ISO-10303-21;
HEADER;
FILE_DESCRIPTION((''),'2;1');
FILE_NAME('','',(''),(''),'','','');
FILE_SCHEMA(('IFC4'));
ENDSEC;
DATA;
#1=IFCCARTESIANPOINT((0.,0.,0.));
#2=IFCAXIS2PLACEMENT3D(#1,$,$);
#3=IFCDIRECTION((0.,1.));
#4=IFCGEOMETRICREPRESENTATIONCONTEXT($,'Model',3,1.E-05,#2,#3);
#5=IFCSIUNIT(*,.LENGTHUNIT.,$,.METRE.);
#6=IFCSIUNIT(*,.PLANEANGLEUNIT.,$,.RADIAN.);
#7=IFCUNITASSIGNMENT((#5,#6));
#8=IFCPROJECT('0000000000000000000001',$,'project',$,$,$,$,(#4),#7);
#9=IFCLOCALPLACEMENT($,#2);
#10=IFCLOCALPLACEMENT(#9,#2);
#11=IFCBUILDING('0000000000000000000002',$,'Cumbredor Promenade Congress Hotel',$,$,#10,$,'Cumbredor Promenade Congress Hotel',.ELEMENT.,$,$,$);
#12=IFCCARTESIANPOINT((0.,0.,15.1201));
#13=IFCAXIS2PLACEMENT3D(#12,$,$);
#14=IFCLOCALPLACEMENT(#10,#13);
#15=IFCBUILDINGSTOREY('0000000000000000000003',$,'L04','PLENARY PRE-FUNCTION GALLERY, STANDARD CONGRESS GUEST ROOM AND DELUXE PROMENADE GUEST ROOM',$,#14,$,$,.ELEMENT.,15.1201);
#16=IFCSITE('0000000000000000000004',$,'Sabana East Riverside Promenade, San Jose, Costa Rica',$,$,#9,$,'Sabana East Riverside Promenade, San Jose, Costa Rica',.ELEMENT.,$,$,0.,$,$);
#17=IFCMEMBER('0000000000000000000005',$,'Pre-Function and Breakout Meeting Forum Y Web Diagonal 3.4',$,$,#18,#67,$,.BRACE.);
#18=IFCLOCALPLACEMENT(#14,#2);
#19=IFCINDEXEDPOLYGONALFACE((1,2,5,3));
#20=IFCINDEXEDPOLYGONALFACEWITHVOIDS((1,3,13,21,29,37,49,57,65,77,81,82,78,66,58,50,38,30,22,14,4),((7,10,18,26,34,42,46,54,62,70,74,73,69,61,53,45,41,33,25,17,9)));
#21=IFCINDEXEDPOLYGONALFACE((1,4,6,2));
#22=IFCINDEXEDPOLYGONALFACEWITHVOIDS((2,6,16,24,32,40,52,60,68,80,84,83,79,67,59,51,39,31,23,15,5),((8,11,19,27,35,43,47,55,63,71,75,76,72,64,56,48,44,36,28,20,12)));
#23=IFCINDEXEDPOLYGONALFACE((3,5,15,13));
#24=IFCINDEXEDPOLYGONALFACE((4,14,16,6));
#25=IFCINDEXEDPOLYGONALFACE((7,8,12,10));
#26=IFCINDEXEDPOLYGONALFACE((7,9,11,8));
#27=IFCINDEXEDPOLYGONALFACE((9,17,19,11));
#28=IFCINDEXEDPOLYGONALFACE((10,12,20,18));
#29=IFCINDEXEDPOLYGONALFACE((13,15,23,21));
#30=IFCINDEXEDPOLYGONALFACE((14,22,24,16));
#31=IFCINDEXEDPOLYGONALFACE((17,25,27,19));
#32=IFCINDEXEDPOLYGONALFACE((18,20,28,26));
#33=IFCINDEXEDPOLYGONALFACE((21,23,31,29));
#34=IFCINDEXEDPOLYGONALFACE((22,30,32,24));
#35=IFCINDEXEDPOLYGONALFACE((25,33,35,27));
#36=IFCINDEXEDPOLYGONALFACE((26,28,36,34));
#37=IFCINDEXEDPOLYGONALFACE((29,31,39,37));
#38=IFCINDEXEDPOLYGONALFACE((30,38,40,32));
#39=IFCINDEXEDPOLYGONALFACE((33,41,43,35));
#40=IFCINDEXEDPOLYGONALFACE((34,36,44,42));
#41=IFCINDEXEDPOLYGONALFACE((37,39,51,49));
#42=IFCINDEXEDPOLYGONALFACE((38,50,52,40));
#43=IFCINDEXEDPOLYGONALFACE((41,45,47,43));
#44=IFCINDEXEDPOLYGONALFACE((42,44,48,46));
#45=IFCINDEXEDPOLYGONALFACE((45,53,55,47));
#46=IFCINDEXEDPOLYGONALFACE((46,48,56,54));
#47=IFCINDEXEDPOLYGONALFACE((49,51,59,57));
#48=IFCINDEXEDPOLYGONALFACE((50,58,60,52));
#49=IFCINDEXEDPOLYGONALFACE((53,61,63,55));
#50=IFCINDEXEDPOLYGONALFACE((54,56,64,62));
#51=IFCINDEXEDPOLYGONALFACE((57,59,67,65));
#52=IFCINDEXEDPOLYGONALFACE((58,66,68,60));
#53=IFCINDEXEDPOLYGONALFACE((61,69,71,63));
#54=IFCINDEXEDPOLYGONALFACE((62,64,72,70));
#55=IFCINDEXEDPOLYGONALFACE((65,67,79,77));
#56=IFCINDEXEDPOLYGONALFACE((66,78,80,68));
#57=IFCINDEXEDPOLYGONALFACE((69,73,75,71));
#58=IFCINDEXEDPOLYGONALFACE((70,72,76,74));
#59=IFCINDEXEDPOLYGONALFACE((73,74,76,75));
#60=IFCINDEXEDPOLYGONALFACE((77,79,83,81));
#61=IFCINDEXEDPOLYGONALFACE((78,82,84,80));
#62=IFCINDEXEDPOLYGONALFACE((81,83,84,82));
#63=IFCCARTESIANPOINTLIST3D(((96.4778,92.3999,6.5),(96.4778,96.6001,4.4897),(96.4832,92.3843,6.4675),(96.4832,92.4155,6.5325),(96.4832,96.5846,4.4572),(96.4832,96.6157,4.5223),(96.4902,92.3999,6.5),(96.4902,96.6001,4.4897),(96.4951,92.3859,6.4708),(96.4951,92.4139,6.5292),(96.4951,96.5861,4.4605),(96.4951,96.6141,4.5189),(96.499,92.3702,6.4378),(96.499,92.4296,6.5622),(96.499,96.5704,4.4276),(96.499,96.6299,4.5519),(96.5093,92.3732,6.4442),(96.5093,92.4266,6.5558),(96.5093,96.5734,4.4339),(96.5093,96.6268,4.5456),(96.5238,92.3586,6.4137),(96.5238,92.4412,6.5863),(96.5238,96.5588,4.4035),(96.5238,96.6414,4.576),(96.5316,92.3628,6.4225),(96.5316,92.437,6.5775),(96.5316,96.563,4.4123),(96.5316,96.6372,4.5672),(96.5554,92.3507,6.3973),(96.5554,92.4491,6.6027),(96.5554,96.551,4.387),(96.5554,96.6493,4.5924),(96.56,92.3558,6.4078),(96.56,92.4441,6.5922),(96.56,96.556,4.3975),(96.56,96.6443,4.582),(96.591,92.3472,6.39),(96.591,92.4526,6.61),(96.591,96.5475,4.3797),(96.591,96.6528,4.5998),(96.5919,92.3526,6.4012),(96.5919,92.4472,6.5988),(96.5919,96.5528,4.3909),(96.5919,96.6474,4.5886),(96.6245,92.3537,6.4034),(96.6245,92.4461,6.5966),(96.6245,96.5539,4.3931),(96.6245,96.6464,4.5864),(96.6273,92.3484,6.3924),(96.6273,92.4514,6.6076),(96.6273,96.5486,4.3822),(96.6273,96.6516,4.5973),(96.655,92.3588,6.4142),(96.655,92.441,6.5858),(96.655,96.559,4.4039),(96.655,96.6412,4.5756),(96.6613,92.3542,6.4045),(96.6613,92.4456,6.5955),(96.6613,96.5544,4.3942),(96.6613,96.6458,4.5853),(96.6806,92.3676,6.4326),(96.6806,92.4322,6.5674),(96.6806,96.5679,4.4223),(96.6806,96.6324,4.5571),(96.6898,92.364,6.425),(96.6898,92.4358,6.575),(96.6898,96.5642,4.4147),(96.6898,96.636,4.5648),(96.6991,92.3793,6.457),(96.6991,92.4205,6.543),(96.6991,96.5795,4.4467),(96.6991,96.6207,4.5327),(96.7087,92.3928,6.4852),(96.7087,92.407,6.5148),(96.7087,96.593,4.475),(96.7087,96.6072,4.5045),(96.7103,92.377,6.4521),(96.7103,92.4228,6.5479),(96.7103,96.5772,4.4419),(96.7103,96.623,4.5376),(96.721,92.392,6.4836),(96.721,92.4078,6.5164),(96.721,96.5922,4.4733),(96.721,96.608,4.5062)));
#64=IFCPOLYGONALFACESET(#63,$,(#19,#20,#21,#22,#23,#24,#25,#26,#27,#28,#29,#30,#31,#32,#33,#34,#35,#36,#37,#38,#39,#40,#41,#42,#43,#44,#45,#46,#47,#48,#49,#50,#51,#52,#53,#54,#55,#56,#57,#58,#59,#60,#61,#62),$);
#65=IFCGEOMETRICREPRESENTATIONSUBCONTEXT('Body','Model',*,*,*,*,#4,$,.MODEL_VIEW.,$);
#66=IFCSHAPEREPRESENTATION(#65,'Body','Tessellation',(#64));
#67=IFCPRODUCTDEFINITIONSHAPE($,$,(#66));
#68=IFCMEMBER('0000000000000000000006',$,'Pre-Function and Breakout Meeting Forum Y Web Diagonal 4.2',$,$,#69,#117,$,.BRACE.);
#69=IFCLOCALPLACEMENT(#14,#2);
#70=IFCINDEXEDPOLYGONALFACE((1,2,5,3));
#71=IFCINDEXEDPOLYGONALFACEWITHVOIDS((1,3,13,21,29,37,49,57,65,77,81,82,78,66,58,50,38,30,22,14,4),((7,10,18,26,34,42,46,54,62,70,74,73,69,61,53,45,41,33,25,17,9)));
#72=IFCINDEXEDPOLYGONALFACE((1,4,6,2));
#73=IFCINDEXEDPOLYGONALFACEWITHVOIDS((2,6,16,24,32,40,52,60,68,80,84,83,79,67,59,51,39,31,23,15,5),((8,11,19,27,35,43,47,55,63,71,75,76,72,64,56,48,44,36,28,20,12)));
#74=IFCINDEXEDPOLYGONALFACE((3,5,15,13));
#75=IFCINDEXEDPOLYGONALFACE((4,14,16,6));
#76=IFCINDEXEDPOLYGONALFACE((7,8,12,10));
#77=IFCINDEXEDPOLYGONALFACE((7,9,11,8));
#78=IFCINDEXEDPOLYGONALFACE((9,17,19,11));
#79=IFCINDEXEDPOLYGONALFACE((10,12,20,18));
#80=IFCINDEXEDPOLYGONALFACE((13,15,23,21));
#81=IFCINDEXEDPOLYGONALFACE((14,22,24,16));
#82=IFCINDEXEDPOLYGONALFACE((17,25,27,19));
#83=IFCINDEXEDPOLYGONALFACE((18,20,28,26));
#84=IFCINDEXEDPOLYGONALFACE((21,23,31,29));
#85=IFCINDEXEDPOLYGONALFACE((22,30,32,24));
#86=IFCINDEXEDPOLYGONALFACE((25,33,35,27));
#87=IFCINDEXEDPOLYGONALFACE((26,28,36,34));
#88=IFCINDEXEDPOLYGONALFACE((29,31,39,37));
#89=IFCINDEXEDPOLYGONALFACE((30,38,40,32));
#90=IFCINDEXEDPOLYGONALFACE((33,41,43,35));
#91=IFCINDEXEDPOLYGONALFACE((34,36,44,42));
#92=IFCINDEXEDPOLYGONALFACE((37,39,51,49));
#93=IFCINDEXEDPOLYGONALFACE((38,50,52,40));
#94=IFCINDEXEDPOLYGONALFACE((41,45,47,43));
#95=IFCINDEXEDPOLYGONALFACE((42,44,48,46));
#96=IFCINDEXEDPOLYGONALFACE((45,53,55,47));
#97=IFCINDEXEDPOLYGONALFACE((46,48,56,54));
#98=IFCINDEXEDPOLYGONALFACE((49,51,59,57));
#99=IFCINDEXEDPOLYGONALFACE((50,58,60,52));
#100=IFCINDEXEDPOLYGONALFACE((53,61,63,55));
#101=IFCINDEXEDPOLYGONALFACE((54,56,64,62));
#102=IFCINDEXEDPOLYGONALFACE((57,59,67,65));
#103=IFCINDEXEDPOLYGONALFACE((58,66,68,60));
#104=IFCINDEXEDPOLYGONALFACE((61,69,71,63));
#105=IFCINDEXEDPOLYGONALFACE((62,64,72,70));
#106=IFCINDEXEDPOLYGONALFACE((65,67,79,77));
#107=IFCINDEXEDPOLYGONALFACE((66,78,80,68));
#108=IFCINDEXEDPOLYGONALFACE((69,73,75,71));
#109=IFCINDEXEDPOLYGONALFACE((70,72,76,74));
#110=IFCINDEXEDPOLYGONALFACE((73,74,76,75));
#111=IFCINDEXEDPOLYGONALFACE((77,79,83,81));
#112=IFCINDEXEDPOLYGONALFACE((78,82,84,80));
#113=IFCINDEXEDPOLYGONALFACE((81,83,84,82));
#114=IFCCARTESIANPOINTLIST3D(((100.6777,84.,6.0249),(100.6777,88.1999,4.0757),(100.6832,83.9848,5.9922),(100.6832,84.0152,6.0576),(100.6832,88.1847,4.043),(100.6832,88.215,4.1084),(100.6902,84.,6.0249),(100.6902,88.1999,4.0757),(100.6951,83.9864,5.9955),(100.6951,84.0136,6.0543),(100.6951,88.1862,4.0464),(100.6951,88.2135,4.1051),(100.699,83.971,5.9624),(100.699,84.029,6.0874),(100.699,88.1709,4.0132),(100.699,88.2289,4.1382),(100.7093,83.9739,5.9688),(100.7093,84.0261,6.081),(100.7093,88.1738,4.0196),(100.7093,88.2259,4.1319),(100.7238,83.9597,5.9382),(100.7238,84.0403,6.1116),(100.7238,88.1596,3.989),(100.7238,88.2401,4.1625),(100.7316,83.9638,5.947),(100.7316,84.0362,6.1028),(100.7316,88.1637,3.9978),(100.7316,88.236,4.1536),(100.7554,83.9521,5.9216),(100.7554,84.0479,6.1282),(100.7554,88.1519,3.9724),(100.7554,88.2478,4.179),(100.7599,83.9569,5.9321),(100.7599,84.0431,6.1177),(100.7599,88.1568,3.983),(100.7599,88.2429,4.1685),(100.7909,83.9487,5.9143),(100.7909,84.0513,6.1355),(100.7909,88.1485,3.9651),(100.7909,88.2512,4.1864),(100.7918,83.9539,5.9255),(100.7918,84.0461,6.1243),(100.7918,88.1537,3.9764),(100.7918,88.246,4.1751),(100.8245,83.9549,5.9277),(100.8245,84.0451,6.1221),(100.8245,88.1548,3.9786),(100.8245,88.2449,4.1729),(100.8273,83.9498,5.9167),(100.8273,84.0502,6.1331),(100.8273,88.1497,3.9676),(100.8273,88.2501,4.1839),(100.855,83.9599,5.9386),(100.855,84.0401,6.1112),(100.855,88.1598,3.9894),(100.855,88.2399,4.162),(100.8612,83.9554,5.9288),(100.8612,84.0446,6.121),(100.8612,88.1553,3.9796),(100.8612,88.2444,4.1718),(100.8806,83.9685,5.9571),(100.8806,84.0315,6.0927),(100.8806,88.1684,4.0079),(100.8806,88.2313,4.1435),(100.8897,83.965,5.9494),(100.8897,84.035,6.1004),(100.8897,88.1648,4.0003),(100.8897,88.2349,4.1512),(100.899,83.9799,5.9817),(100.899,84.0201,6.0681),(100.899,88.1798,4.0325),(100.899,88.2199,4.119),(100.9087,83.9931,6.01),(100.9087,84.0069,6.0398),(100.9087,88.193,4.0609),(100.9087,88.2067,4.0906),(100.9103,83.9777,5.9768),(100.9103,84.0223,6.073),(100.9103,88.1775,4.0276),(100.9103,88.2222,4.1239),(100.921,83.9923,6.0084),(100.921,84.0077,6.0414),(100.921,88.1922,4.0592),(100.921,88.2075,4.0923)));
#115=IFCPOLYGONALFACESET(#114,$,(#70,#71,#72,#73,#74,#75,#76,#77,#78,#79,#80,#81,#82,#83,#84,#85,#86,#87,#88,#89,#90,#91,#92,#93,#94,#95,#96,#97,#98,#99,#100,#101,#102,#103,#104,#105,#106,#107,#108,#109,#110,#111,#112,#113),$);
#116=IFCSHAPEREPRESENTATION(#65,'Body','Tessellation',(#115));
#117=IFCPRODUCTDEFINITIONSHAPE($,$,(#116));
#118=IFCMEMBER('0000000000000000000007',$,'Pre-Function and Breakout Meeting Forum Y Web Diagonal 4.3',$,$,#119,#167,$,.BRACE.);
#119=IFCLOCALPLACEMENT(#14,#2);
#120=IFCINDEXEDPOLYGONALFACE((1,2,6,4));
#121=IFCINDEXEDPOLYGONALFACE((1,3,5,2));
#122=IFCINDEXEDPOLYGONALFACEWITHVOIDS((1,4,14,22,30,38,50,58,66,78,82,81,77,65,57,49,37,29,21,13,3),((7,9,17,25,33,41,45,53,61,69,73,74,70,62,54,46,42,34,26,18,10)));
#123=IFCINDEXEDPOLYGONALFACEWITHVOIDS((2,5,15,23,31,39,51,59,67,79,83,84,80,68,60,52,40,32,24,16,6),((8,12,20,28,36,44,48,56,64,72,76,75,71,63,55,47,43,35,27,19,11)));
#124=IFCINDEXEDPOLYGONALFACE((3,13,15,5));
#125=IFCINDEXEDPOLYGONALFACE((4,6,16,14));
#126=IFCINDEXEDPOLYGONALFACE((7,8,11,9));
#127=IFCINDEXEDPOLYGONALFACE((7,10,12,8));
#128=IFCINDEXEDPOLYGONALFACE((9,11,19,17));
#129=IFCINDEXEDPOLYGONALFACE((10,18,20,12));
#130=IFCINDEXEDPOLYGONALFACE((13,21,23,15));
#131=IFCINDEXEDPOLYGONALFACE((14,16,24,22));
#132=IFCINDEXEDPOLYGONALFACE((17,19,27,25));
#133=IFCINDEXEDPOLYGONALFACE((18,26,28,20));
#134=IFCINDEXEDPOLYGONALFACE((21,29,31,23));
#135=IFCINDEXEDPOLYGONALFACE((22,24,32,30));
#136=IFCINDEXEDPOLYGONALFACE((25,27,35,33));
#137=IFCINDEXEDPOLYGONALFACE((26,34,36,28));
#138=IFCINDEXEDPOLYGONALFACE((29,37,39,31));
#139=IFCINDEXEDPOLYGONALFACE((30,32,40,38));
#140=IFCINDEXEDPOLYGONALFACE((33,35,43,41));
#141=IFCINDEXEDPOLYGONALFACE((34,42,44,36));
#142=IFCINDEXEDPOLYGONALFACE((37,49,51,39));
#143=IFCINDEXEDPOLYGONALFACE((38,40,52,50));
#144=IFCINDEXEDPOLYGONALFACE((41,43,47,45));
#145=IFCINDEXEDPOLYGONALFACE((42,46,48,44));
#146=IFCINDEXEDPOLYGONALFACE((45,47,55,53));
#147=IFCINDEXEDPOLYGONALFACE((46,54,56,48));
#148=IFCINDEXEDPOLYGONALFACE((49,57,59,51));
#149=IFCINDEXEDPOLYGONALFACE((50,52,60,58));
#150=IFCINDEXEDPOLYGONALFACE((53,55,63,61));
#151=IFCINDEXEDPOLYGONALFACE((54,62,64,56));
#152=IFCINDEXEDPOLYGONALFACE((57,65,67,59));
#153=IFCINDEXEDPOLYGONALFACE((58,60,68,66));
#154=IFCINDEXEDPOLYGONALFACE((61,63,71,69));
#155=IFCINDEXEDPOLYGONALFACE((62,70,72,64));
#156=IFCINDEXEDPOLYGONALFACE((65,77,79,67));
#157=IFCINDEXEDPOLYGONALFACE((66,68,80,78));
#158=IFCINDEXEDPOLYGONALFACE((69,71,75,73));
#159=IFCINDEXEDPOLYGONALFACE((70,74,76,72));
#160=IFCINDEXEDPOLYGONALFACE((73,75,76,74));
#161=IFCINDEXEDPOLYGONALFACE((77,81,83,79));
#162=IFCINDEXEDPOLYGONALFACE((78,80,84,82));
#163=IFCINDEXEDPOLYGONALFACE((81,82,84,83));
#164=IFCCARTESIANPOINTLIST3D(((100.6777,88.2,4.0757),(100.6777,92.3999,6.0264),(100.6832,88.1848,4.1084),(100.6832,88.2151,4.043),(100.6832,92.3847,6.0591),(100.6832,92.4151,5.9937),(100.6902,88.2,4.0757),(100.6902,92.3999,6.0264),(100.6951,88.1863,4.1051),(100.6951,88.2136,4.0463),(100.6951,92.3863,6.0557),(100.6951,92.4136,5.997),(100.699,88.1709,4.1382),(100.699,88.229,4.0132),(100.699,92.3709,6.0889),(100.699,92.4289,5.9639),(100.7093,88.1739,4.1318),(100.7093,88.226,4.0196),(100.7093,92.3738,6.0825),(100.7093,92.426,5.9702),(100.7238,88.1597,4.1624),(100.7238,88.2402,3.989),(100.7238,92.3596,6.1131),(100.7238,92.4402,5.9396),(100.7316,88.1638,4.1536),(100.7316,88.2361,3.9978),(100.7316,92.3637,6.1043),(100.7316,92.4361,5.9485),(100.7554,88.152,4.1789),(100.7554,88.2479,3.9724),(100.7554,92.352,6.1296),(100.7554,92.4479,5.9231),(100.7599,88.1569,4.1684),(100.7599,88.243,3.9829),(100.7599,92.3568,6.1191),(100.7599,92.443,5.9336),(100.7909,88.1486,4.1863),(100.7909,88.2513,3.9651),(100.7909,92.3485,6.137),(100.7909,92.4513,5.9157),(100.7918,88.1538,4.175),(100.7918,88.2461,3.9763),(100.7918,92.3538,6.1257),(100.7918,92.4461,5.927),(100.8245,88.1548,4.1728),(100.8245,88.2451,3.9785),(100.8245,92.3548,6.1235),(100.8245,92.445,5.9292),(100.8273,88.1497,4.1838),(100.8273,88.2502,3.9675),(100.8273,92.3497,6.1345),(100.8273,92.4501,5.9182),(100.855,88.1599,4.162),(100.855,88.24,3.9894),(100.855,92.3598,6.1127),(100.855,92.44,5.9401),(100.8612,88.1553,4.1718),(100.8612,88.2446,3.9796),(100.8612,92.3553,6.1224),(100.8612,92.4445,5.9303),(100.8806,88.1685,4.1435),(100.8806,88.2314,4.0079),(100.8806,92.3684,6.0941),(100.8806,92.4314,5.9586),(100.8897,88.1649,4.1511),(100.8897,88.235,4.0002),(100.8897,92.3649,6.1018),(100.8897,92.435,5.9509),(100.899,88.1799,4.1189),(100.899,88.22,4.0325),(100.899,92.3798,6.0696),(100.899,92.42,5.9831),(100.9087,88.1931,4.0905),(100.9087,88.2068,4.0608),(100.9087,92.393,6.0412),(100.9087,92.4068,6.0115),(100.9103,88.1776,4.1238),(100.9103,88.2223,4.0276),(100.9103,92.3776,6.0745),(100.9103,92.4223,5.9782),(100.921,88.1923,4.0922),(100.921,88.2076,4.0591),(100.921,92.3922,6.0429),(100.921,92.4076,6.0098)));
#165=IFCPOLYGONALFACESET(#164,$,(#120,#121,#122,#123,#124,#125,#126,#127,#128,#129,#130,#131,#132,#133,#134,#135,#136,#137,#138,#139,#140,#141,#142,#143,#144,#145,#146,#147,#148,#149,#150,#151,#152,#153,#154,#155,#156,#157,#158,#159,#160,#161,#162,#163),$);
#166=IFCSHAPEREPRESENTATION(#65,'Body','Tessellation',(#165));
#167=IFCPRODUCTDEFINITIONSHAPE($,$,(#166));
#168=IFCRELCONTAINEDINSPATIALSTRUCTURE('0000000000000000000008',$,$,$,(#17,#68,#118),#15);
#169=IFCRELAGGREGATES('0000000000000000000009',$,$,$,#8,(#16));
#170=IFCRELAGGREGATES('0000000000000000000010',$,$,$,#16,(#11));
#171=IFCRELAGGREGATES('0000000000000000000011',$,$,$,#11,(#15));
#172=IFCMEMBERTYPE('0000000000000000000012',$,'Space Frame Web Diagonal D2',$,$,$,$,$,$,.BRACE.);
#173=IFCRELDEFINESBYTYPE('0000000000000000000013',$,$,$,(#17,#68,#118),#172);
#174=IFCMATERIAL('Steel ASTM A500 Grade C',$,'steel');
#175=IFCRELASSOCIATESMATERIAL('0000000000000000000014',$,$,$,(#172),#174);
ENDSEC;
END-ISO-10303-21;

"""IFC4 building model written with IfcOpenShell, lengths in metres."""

from ifc_helpers import new_model, si_unit, direction, frame, origin, origin_2d, place, context, subcontext, project, spatial, hollow_circle, extrude, material, material_profile, profile_set, type_object, element, save


model = new_model("IFC4")

# Units and contexts
model_context = context("Model", 3, precision=1e-05, world=origin(), true_north=direction((0.0, 1.0)))
body_context = subcontext(model_context, "Body", "Model", "MODEL_VIEW")
ifc_project = project(units=[si_unit("LENGTHUNIT", "METRE"), si_unit("PLANEANGLEUNIT", "RADIAN")], contexts=[model_context])

# Site, building, storey
site_placement = place(None, origin())
site = spatial("IfcSite", under=ifc_project, at=site_placement, Name="Sabana East Riverside Promenade, San Jose, Costa Rica", LongName="Sabana East Riverside Promenade, San Jose, Costa Rica", CompositionType="ELEMENT", RefElevation=0.0)
building_placement = place(site_placement, origin())
building = spatial("IfcBuilding", under=site, at=building_placement, Name="Cumbredor Promenade Congress Hotel", LongName="Cumbredor Promenade Congress Hotel", CompositionType="ELEMENT")
storey_placement = place(building_placement, frame((0.0, 0.0, 15.1201)))
storey = spatial("IfcBuildingStorey", under=building, at=storey_placement, Name="L04", Description="PLENARY PRE-FUNCTION GALLERY, STANDARD CONGRESS GUEST ROOM AND DELUXE PROMENADE GUEST ROOM", CompositionType="ELEMENT", Elevation=15.1201)

# Members
ifc_material_1 = material(Name="Steel ASTM A500 Grade C", Category="steel")
ifc_material_profile_1 = material_profile(ifc_material_1, hollow_circle(Radius=0.1223, WallThickness=0.0125, at=origin_2d()), Name="CHS 244.5x12.5")
ifc_profile_set_1 = profile_set([ifc_material_profile_1], Name="Steel ASTM A500 Grade C")
member_type_1 = type_object("IfcMemberType", Name="Space Frame Web Diagonal D2", PredefinedType="BRACE", material=ifc_profile_set_1)
member_1_placement = place(storey_placement, frame((96.6001, 92.3999, 6.5), z_axis=(0.0, 0.902012, -0.431712), x_axis=(-1.0, 0.0, 0.0)))
element("IfcMember", 1, at=member_1_placement, inside=storey, type_object=member_type_1, Name="Pre-Function and Breakout Meeting Forum Y Web Diagonal 3.4", PredefinedType="BRACE", context=body_context, shape_type="SweptSolid", body=[
    extrude(hollow_circle(Radius=0.1223, WallThickness=0.0125, at=origin_2d()), origin(), (0.0, 0.0, 1.0), 4.6565),
])
member_2_placement = place(storey_placement, frame((100.8, 84.0, 6.0249), z_axis=(0.0, 0.907072, -0.420977), x_axis=(-1.0, 0.0, 0.0)))
element("IfcMember", 2, at=member_2_placement, inside=storey, type_object=member_type_1, Name="Pre-Function and Breakout Meeting Forum Y Web Diagonal 4.2", PredefinedType="BRACE", context=body_context, shape_type="SweptSolid", body=[
    extrude(hollow_circle(Radius=0.1223, WallThickness=0.0125, at=origin_2d()), origin(), (0.0, 0.0, 1.0), 4.6301),
])
member_3_placement = place(storey_placement, frame((100.8, 88.2, 4.0757), z_axis=(0.0, 0.906951, 0.421237), x_axis=(-1.0, 0.0, 0.0)))
element("IfcMember", 3, at=member_3_placement, inside=storey, type_object=member_type_1, Name="Pre-Function and Breakout Meeting Forum Y Web Diagonal 4.3", PredefinedType="BRACE", context=body_context, shape_type="SweptSolid", body=[
    extrude(hollow_circle(Radius=0.1223, WallThickness=0.0125, at=origin_2d()), origin(), (0.0, 0.0, 1.0), 4.6309),
])

save(model, "model.ifc")
